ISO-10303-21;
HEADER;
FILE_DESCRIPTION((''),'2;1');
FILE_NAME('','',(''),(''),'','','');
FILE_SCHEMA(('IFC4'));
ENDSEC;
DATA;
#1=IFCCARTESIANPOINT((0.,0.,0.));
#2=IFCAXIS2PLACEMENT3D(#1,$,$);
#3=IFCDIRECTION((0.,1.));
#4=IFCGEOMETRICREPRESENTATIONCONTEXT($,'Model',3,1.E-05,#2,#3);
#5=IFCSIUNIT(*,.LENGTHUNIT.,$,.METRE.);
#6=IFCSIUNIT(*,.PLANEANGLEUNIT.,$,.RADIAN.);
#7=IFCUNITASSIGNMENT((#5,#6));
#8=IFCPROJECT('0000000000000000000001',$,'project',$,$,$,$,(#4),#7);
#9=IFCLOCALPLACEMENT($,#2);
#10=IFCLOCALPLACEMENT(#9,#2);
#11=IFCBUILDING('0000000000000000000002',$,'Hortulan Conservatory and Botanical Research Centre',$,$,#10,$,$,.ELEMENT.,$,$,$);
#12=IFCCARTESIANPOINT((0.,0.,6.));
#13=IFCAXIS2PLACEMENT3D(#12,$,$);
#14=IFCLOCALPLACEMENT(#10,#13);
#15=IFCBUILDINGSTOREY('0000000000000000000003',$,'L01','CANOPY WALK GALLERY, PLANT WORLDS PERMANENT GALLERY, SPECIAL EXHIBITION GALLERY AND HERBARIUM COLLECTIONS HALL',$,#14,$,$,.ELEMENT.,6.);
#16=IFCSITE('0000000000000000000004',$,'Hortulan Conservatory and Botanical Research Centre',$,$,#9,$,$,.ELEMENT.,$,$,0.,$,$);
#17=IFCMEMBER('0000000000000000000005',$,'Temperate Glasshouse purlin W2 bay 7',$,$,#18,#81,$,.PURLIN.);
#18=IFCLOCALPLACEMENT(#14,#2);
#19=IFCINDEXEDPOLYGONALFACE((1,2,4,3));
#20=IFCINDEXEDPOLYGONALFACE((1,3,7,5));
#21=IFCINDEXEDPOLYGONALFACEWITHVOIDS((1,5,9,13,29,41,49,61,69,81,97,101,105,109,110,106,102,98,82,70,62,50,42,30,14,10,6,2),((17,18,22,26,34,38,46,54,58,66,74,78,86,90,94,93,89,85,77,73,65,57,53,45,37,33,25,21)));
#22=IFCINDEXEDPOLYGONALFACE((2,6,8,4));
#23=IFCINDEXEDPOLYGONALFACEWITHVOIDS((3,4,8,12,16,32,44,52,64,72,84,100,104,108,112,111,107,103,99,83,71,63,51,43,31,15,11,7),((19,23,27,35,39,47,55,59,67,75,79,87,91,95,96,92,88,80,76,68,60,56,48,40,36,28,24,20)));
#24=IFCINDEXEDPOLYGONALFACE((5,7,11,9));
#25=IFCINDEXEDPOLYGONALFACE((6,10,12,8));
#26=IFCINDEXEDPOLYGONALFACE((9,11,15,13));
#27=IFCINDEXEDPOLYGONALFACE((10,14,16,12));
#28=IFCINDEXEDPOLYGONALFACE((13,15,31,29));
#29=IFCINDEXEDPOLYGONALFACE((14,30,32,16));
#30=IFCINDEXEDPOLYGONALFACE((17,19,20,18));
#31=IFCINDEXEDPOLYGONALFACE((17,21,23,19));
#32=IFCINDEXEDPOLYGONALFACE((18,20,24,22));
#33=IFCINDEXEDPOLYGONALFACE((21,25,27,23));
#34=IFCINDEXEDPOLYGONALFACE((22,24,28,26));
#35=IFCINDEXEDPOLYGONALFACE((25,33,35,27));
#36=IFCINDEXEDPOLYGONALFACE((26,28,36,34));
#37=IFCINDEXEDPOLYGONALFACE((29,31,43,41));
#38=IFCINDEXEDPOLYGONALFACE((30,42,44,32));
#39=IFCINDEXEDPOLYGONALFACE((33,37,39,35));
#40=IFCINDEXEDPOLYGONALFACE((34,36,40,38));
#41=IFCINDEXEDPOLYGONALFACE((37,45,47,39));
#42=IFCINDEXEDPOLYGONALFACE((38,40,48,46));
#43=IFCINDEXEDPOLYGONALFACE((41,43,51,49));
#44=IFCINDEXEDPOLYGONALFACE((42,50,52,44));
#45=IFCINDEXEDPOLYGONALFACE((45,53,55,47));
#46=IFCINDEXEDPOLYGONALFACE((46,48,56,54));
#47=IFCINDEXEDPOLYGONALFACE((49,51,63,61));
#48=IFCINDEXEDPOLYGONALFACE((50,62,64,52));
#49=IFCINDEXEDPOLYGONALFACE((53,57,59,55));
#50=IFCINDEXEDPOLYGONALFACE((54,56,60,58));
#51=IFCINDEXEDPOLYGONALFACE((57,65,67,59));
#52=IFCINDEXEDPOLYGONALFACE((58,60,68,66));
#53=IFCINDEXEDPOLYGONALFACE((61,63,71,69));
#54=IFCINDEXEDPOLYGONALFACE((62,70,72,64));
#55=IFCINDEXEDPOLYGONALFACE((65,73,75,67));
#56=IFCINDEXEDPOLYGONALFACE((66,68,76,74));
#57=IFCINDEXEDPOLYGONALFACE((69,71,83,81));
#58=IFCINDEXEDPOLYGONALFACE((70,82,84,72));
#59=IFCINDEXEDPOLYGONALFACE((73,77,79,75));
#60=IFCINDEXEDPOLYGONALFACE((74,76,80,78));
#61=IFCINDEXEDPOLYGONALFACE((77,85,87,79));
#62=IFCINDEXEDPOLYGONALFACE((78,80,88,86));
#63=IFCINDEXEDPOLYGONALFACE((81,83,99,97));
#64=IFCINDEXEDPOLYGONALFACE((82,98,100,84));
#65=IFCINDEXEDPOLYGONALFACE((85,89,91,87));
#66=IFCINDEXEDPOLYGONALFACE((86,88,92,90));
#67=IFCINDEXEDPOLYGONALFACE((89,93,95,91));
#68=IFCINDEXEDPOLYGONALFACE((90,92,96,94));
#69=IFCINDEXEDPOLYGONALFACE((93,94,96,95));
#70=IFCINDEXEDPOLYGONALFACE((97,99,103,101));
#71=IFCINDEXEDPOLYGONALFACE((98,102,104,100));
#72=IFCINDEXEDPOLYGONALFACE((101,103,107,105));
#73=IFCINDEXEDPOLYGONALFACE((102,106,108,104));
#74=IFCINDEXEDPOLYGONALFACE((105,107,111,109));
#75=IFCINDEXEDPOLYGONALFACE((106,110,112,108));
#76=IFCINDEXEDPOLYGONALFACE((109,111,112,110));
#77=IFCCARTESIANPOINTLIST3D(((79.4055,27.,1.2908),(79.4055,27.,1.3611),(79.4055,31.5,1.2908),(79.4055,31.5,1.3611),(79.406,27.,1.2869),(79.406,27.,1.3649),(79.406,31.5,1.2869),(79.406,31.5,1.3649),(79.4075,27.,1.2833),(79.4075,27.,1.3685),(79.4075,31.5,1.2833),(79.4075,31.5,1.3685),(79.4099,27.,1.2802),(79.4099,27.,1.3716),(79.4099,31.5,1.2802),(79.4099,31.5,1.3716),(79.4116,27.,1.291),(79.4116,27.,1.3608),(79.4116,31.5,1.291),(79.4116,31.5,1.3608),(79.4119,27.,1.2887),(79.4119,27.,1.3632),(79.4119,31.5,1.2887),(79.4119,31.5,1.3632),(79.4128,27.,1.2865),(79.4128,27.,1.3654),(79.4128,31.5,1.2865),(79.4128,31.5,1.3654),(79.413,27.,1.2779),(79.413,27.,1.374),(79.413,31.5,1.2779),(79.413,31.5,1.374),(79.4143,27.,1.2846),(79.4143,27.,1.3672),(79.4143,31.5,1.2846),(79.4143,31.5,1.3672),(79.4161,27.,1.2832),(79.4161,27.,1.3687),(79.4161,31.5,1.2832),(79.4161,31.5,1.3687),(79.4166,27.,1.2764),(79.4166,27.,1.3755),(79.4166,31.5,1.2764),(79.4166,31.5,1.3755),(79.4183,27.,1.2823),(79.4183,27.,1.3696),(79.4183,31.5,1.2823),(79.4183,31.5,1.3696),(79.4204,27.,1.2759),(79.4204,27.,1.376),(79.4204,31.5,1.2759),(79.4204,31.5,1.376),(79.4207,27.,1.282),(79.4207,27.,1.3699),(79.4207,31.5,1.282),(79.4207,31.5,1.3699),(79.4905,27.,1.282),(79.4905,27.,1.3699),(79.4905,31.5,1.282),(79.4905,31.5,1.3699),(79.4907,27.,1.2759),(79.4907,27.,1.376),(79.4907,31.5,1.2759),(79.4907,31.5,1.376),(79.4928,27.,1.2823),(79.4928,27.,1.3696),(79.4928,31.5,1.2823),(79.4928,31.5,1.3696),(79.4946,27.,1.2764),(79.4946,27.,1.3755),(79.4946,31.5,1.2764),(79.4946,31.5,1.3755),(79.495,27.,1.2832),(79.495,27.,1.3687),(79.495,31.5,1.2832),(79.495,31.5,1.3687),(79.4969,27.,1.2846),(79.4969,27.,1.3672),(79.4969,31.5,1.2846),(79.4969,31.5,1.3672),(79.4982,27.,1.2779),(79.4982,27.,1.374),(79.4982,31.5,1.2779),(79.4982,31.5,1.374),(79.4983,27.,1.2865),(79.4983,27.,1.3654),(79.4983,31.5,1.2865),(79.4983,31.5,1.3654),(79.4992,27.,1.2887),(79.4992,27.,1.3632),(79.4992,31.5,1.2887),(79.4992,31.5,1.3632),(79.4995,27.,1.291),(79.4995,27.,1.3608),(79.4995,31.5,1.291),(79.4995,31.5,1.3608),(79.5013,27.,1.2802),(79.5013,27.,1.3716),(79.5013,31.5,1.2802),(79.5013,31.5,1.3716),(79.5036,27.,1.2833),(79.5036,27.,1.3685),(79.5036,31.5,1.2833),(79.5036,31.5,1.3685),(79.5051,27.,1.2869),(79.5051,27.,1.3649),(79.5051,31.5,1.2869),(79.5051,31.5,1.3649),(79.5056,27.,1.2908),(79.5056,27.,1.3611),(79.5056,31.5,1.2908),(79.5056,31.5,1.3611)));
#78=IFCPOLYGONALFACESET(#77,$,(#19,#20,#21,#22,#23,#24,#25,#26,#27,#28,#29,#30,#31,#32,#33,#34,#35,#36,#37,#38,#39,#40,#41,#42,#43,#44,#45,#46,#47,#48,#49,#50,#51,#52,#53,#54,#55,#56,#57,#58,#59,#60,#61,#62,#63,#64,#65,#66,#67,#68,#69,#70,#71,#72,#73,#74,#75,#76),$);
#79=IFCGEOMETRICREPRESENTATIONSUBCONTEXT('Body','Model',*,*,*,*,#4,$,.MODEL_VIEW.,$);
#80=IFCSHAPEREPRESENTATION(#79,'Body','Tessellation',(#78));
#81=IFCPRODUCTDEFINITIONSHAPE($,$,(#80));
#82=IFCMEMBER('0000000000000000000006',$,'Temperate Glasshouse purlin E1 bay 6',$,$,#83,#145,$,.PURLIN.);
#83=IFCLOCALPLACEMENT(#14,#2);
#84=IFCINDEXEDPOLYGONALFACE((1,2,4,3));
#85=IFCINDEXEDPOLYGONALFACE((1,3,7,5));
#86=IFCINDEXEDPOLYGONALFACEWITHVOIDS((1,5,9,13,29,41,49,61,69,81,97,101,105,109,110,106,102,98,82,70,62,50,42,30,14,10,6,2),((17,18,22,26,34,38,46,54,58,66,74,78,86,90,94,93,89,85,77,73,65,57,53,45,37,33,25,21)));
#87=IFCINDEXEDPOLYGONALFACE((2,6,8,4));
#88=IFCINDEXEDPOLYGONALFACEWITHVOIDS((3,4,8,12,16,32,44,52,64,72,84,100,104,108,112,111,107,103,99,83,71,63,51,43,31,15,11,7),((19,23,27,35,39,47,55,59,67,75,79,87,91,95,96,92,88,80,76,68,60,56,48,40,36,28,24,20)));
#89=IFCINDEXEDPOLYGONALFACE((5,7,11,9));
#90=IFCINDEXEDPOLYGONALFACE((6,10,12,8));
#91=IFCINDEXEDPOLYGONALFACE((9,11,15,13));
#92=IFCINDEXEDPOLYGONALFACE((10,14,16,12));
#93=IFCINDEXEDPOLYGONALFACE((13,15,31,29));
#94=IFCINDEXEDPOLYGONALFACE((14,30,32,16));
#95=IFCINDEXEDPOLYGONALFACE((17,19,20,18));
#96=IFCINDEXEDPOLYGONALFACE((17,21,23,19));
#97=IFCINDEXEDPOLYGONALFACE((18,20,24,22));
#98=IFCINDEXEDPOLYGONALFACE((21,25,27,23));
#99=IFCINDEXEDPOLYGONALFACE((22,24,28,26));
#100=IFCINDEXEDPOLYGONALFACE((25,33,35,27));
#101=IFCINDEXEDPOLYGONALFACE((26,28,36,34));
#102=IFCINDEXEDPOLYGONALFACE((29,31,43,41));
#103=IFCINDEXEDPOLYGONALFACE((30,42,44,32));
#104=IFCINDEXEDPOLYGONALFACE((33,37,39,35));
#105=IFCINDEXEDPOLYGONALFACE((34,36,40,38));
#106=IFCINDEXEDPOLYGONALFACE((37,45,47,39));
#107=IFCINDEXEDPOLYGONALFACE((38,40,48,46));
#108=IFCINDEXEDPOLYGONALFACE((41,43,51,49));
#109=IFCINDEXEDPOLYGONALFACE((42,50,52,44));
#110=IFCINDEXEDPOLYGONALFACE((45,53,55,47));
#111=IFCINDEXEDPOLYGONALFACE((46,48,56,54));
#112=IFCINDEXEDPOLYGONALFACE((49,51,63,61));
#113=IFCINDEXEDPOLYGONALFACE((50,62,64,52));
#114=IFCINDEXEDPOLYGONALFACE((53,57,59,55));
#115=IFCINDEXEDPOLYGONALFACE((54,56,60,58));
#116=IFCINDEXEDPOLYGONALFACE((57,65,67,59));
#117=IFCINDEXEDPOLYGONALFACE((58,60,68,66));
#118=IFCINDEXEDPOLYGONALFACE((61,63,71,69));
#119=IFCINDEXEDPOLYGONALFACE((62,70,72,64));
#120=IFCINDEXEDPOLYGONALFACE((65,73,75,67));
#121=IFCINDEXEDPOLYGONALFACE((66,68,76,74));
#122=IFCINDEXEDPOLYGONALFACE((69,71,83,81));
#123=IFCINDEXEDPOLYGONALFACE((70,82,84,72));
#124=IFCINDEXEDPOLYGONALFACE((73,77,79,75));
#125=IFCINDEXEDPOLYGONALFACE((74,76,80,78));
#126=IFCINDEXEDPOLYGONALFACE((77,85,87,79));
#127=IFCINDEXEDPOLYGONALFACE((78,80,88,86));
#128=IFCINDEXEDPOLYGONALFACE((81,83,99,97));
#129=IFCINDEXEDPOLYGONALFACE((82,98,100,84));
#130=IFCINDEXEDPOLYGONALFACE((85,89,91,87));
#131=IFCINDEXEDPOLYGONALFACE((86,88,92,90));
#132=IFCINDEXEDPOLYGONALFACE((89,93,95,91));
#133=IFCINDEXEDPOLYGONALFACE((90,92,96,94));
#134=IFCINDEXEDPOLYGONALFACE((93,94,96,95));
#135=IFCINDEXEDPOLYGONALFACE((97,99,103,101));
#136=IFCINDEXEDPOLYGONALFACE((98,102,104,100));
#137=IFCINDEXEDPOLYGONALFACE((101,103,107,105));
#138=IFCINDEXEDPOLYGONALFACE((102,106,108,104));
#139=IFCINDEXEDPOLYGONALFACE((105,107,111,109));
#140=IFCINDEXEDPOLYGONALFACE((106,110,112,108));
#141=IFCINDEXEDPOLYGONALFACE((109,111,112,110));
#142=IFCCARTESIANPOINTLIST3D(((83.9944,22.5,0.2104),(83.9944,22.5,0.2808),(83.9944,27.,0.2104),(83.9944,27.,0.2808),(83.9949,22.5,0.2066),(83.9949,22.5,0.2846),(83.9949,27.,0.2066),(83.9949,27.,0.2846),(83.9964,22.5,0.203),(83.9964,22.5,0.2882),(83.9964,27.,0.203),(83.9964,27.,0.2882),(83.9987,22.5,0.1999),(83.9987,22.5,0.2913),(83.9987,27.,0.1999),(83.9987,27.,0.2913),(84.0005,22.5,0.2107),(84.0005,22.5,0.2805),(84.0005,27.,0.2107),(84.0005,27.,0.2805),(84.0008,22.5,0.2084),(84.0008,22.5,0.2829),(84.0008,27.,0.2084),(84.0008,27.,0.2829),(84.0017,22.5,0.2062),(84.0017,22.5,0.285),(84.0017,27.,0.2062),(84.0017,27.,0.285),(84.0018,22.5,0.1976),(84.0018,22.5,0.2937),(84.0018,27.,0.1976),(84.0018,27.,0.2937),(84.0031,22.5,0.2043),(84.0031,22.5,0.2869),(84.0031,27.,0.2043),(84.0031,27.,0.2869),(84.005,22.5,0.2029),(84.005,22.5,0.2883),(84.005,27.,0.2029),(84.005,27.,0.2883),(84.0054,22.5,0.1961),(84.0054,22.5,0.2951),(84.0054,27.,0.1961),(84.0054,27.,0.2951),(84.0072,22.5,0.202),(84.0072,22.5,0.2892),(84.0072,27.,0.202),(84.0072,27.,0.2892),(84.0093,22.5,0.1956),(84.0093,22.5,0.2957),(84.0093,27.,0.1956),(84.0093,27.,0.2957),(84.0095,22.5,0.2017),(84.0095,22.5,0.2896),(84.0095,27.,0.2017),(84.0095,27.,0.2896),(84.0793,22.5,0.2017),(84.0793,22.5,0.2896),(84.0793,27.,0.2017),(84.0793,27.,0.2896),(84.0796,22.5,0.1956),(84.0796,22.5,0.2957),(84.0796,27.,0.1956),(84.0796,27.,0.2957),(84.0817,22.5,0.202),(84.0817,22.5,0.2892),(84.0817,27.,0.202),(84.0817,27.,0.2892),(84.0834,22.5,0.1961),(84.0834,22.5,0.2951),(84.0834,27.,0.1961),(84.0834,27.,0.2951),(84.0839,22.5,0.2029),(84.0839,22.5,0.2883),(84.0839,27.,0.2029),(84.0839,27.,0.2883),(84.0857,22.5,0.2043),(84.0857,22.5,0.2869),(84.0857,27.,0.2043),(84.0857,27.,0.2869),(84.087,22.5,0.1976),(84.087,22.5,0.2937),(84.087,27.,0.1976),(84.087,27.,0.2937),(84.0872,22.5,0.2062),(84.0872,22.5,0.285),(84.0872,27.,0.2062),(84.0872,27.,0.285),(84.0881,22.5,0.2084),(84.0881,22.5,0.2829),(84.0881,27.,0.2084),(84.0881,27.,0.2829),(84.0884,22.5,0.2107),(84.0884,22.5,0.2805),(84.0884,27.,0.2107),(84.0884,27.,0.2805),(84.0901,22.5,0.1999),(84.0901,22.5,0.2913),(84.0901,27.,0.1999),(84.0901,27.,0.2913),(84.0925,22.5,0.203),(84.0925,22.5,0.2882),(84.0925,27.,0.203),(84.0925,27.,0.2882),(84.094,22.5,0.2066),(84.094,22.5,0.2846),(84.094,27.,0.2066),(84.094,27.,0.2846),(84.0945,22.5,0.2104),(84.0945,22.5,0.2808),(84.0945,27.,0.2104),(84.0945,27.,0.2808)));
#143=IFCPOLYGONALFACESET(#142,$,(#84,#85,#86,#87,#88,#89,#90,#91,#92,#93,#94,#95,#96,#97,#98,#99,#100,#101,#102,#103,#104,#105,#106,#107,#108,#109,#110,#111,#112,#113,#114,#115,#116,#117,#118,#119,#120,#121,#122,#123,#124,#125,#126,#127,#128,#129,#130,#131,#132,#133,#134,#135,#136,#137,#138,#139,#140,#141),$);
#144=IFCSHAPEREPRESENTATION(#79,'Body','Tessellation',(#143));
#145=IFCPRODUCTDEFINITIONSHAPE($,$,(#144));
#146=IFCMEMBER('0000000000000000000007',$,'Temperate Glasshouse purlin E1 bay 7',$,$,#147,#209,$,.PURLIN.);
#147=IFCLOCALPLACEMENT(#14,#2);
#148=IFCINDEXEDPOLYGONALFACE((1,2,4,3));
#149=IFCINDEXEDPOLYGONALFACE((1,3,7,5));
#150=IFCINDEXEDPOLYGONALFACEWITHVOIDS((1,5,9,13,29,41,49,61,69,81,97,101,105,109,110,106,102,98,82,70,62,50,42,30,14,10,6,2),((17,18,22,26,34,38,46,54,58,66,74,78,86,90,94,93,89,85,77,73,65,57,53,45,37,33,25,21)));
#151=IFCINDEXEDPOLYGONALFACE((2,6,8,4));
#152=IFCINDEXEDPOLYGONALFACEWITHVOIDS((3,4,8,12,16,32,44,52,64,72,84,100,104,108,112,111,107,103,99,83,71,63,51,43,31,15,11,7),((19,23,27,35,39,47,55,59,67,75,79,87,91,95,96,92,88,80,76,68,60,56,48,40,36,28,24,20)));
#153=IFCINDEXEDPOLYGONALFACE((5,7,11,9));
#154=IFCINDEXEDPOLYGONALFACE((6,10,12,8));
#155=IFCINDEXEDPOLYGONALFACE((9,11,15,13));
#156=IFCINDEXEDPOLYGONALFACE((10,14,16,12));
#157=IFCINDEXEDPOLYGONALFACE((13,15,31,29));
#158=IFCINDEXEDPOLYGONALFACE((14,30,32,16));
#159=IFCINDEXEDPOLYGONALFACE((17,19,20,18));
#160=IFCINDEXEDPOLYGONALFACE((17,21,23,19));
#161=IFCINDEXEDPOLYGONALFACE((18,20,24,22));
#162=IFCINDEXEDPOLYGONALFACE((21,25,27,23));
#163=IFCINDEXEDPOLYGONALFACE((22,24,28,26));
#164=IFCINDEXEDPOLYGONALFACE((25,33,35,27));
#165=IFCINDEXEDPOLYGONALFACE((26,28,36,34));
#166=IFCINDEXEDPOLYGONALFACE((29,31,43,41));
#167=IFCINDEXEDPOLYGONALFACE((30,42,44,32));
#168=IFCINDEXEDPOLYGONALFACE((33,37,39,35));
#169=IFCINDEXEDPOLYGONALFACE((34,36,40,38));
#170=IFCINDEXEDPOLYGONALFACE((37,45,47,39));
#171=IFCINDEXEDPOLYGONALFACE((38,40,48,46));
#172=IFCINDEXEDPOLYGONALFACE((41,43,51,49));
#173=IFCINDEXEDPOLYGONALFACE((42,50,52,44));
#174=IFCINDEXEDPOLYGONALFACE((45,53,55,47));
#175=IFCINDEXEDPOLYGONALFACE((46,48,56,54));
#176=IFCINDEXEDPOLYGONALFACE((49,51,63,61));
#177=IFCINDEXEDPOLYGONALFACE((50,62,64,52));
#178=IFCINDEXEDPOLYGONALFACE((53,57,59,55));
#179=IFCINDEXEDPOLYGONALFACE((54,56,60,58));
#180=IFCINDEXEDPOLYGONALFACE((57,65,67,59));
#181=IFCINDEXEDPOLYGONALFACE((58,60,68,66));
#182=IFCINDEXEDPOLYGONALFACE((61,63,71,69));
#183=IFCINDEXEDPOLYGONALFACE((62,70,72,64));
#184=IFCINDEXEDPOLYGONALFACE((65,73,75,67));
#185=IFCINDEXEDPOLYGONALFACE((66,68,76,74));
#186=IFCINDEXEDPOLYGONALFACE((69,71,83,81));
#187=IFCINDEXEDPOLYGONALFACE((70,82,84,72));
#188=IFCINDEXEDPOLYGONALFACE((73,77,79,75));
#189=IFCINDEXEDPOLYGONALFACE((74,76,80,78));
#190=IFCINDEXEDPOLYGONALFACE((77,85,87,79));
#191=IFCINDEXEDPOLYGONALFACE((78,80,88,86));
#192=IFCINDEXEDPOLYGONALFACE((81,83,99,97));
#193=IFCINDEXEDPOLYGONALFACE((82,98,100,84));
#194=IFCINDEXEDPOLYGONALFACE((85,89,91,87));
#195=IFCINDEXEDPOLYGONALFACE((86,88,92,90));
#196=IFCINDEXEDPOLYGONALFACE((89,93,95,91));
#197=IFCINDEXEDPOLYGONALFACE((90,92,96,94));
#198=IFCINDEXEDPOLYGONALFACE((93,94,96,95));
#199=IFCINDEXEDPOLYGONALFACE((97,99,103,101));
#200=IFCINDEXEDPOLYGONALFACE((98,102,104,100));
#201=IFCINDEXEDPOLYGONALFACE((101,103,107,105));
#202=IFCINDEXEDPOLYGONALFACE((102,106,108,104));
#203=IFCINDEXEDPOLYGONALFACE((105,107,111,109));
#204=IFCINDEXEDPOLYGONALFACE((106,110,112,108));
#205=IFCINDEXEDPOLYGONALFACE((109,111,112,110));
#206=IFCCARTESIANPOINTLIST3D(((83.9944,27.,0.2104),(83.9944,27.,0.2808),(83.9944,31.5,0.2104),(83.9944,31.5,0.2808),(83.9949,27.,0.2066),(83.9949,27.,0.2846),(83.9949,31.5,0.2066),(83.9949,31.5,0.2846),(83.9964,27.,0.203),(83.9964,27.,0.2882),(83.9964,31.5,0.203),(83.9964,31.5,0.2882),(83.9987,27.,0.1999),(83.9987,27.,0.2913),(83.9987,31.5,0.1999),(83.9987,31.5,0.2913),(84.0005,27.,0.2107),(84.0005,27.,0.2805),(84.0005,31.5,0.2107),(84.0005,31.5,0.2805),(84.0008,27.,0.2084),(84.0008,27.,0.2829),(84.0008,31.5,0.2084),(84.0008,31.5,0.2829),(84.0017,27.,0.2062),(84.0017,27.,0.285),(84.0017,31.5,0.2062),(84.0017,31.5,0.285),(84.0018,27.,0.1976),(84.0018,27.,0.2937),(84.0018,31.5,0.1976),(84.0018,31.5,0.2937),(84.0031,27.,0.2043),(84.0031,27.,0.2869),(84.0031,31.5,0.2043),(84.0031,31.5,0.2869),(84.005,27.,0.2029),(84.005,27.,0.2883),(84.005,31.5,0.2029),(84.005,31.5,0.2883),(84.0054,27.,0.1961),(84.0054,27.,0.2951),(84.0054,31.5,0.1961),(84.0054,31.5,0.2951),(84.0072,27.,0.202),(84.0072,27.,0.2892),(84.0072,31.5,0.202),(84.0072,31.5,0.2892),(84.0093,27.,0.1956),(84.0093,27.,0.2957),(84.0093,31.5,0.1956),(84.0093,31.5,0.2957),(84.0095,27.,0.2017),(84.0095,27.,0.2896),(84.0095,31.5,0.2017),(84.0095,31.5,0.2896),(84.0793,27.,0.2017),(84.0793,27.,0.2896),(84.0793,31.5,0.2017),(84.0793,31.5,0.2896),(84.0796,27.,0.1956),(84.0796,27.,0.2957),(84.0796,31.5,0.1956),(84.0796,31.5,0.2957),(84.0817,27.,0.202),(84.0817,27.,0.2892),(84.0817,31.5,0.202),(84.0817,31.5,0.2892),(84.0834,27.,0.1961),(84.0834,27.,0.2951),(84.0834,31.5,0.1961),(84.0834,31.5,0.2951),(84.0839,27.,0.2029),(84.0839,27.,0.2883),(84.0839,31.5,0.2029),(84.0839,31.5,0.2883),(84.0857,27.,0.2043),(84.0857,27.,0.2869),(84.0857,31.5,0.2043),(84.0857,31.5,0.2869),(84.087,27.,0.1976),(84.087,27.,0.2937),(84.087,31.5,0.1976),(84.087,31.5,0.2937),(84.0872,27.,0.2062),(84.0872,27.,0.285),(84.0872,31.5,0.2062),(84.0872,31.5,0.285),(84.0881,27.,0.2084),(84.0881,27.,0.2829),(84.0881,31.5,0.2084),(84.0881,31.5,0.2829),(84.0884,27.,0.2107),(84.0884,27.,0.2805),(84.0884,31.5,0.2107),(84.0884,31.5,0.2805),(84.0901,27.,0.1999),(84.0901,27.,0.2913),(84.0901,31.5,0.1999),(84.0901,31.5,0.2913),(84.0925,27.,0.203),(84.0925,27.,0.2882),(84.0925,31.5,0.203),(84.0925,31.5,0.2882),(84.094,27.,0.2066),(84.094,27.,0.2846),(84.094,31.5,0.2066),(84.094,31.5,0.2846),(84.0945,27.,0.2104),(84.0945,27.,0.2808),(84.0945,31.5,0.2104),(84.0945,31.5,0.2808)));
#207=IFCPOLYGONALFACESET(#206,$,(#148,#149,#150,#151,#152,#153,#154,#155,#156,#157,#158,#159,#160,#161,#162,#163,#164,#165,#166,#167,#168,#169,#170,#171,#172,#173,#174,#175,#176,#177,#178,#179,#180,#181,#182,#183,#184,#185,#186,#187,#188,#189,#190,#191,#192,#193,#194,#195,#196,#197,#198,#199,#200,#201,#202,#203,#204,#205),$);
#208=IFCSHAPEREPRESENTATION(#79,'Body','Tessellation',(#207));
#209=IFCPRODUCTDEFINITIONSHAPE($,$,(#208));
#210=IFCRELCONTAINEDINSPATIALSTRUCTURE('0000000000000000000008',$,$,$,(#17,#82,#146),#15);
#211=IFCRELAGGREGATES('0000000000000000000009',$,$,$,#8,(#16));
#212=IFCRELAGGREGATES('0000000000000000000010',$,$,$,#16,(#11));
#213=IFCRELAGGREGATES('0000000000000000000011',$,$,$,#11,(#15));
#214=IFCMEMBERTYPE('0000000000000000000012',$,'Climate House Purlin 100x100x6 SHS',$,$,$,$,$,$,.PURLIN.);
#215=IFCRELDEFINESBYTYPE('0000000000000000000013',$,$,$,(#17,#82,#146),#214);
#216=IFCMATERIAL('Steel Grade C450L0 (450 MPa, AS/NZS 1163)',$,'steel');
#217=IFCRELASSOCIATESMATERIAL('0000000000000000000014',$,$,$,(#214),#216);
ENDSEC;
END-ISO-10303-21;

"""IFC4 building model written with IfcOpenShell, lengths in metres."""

from ifc_helpers import new_model, si_unit, direction, frame, origin, origin_2d, place, context, subcontext, project, spatial, hollow_rectangle, extrude, material, material_profile, profile_set, type_object, element, save


model = new_model("IFC4")

# Units and contexts
model_context = context("Model", 3, precision=1e-05, world=origin(), true_north=direction((0.0, 1.0)))
body_context = subcontext(model_context, "Body", "Model", "MODEL_VIEW")
ifc_project = project(units=[si_unit("LENGTHUNIT", "METRE"), si_unit("PLANEANGLEUNIT", "RADIAN")], contexts=[model_context])

# Site, building, storey
site_placement = place(None, origin())
site = spatial("IfcSite", under=ifc_project, at=site_placement, Name="Hortulan Conservatory and Botanical Research Centre", CompositionType="ELEMENT", RefElevation=0.0)
building_placement = place(site_placement, origin())
building = spatial("IfcBuilding", under=site, at=building_placement, Name="Hortulan Conservatory and Botanical Research Centre", CompositionType="ELEMENT")
storey_placement = place(building_placement, frame((0.0, 0.0, 6.0)))
storey = spatial("IfcBuildingStorey", under=building, at=storey_placement, Name="L01", Description="CANOPY WALK GALLERY, PLANT WORLDS PERMANENT GALLERY, SPECIAL EXHIBITION GALLERY AND HERBARIUM COLLECTIONS HALL", CompositionType="ELEMENT", Elevation=6.0)

# Members
ifc_material_1 = material(Name="Steel Grade C450L0 (450 MPa, AS/NZS 1163)", Category="steel")
ifc_material_profile_1 = material_profile(ifc_material_1, hollow_rectangle(XDim=0.1001, YDim=0.1001, WallThickness=0.0061, InnerFilletRadius=0.009, OuterFilletRadius=0.0149, at=origin_2d()), Name="100x100x6SHS")
ifc_profile_set_1 = profile_set([ifc_material_profile_1], Name="Steel Grade C450L0 (450 MPa, AS/NZS 1163)")
member_type_1 = type_object("IfcMemberType", Name="Climate House Purlin 100x100x6 SHS", PredefinedType="PURLIN", material=ifc_profile_set_1)
for number, where, z_axis, x_axis, name in (
    (1, (79.4556, 27.0, 1.3259), (0.0, 1.0, 0.0), (-1.0, 0.0, 0.0), "Temperate Glasshouse purlin W2 bay 7"),
    (2, (84.0444, 22.5, 0.2456), (0.0, 1.0, 0.0), (-1.0, 0.0, 0.0), "Temperate Glasshouse purlin E1 bay 6"),
    (3, (84.0444, 27.0, 0.2456), (0.0, 1.0, 0.0), (-1.0, 0.0, 0.0), "Temperate Glasshouse purlin E1 bay 7"),
):
    element("IfcMember", number, at=place(storey_placement, frame(where, z_axis=z_axis, x_axis=x_axis)), inside=storey, type_object=member_type_1, Name=name, PredefinedType="PURLIN", context=body_context, shape_type="SweptSolid", body=[
        extrude(hollow_rectangle(XDim=0.1001, YDim=0.1001, WallThickness=0.0061, InnerFilletRadius=0.009, OuterFilletRadius=0.0149, at=origin_2d()), origin(), (0.0, 0.0, 1.0), 4.5),
    ])

save(model, "model.ifc")
